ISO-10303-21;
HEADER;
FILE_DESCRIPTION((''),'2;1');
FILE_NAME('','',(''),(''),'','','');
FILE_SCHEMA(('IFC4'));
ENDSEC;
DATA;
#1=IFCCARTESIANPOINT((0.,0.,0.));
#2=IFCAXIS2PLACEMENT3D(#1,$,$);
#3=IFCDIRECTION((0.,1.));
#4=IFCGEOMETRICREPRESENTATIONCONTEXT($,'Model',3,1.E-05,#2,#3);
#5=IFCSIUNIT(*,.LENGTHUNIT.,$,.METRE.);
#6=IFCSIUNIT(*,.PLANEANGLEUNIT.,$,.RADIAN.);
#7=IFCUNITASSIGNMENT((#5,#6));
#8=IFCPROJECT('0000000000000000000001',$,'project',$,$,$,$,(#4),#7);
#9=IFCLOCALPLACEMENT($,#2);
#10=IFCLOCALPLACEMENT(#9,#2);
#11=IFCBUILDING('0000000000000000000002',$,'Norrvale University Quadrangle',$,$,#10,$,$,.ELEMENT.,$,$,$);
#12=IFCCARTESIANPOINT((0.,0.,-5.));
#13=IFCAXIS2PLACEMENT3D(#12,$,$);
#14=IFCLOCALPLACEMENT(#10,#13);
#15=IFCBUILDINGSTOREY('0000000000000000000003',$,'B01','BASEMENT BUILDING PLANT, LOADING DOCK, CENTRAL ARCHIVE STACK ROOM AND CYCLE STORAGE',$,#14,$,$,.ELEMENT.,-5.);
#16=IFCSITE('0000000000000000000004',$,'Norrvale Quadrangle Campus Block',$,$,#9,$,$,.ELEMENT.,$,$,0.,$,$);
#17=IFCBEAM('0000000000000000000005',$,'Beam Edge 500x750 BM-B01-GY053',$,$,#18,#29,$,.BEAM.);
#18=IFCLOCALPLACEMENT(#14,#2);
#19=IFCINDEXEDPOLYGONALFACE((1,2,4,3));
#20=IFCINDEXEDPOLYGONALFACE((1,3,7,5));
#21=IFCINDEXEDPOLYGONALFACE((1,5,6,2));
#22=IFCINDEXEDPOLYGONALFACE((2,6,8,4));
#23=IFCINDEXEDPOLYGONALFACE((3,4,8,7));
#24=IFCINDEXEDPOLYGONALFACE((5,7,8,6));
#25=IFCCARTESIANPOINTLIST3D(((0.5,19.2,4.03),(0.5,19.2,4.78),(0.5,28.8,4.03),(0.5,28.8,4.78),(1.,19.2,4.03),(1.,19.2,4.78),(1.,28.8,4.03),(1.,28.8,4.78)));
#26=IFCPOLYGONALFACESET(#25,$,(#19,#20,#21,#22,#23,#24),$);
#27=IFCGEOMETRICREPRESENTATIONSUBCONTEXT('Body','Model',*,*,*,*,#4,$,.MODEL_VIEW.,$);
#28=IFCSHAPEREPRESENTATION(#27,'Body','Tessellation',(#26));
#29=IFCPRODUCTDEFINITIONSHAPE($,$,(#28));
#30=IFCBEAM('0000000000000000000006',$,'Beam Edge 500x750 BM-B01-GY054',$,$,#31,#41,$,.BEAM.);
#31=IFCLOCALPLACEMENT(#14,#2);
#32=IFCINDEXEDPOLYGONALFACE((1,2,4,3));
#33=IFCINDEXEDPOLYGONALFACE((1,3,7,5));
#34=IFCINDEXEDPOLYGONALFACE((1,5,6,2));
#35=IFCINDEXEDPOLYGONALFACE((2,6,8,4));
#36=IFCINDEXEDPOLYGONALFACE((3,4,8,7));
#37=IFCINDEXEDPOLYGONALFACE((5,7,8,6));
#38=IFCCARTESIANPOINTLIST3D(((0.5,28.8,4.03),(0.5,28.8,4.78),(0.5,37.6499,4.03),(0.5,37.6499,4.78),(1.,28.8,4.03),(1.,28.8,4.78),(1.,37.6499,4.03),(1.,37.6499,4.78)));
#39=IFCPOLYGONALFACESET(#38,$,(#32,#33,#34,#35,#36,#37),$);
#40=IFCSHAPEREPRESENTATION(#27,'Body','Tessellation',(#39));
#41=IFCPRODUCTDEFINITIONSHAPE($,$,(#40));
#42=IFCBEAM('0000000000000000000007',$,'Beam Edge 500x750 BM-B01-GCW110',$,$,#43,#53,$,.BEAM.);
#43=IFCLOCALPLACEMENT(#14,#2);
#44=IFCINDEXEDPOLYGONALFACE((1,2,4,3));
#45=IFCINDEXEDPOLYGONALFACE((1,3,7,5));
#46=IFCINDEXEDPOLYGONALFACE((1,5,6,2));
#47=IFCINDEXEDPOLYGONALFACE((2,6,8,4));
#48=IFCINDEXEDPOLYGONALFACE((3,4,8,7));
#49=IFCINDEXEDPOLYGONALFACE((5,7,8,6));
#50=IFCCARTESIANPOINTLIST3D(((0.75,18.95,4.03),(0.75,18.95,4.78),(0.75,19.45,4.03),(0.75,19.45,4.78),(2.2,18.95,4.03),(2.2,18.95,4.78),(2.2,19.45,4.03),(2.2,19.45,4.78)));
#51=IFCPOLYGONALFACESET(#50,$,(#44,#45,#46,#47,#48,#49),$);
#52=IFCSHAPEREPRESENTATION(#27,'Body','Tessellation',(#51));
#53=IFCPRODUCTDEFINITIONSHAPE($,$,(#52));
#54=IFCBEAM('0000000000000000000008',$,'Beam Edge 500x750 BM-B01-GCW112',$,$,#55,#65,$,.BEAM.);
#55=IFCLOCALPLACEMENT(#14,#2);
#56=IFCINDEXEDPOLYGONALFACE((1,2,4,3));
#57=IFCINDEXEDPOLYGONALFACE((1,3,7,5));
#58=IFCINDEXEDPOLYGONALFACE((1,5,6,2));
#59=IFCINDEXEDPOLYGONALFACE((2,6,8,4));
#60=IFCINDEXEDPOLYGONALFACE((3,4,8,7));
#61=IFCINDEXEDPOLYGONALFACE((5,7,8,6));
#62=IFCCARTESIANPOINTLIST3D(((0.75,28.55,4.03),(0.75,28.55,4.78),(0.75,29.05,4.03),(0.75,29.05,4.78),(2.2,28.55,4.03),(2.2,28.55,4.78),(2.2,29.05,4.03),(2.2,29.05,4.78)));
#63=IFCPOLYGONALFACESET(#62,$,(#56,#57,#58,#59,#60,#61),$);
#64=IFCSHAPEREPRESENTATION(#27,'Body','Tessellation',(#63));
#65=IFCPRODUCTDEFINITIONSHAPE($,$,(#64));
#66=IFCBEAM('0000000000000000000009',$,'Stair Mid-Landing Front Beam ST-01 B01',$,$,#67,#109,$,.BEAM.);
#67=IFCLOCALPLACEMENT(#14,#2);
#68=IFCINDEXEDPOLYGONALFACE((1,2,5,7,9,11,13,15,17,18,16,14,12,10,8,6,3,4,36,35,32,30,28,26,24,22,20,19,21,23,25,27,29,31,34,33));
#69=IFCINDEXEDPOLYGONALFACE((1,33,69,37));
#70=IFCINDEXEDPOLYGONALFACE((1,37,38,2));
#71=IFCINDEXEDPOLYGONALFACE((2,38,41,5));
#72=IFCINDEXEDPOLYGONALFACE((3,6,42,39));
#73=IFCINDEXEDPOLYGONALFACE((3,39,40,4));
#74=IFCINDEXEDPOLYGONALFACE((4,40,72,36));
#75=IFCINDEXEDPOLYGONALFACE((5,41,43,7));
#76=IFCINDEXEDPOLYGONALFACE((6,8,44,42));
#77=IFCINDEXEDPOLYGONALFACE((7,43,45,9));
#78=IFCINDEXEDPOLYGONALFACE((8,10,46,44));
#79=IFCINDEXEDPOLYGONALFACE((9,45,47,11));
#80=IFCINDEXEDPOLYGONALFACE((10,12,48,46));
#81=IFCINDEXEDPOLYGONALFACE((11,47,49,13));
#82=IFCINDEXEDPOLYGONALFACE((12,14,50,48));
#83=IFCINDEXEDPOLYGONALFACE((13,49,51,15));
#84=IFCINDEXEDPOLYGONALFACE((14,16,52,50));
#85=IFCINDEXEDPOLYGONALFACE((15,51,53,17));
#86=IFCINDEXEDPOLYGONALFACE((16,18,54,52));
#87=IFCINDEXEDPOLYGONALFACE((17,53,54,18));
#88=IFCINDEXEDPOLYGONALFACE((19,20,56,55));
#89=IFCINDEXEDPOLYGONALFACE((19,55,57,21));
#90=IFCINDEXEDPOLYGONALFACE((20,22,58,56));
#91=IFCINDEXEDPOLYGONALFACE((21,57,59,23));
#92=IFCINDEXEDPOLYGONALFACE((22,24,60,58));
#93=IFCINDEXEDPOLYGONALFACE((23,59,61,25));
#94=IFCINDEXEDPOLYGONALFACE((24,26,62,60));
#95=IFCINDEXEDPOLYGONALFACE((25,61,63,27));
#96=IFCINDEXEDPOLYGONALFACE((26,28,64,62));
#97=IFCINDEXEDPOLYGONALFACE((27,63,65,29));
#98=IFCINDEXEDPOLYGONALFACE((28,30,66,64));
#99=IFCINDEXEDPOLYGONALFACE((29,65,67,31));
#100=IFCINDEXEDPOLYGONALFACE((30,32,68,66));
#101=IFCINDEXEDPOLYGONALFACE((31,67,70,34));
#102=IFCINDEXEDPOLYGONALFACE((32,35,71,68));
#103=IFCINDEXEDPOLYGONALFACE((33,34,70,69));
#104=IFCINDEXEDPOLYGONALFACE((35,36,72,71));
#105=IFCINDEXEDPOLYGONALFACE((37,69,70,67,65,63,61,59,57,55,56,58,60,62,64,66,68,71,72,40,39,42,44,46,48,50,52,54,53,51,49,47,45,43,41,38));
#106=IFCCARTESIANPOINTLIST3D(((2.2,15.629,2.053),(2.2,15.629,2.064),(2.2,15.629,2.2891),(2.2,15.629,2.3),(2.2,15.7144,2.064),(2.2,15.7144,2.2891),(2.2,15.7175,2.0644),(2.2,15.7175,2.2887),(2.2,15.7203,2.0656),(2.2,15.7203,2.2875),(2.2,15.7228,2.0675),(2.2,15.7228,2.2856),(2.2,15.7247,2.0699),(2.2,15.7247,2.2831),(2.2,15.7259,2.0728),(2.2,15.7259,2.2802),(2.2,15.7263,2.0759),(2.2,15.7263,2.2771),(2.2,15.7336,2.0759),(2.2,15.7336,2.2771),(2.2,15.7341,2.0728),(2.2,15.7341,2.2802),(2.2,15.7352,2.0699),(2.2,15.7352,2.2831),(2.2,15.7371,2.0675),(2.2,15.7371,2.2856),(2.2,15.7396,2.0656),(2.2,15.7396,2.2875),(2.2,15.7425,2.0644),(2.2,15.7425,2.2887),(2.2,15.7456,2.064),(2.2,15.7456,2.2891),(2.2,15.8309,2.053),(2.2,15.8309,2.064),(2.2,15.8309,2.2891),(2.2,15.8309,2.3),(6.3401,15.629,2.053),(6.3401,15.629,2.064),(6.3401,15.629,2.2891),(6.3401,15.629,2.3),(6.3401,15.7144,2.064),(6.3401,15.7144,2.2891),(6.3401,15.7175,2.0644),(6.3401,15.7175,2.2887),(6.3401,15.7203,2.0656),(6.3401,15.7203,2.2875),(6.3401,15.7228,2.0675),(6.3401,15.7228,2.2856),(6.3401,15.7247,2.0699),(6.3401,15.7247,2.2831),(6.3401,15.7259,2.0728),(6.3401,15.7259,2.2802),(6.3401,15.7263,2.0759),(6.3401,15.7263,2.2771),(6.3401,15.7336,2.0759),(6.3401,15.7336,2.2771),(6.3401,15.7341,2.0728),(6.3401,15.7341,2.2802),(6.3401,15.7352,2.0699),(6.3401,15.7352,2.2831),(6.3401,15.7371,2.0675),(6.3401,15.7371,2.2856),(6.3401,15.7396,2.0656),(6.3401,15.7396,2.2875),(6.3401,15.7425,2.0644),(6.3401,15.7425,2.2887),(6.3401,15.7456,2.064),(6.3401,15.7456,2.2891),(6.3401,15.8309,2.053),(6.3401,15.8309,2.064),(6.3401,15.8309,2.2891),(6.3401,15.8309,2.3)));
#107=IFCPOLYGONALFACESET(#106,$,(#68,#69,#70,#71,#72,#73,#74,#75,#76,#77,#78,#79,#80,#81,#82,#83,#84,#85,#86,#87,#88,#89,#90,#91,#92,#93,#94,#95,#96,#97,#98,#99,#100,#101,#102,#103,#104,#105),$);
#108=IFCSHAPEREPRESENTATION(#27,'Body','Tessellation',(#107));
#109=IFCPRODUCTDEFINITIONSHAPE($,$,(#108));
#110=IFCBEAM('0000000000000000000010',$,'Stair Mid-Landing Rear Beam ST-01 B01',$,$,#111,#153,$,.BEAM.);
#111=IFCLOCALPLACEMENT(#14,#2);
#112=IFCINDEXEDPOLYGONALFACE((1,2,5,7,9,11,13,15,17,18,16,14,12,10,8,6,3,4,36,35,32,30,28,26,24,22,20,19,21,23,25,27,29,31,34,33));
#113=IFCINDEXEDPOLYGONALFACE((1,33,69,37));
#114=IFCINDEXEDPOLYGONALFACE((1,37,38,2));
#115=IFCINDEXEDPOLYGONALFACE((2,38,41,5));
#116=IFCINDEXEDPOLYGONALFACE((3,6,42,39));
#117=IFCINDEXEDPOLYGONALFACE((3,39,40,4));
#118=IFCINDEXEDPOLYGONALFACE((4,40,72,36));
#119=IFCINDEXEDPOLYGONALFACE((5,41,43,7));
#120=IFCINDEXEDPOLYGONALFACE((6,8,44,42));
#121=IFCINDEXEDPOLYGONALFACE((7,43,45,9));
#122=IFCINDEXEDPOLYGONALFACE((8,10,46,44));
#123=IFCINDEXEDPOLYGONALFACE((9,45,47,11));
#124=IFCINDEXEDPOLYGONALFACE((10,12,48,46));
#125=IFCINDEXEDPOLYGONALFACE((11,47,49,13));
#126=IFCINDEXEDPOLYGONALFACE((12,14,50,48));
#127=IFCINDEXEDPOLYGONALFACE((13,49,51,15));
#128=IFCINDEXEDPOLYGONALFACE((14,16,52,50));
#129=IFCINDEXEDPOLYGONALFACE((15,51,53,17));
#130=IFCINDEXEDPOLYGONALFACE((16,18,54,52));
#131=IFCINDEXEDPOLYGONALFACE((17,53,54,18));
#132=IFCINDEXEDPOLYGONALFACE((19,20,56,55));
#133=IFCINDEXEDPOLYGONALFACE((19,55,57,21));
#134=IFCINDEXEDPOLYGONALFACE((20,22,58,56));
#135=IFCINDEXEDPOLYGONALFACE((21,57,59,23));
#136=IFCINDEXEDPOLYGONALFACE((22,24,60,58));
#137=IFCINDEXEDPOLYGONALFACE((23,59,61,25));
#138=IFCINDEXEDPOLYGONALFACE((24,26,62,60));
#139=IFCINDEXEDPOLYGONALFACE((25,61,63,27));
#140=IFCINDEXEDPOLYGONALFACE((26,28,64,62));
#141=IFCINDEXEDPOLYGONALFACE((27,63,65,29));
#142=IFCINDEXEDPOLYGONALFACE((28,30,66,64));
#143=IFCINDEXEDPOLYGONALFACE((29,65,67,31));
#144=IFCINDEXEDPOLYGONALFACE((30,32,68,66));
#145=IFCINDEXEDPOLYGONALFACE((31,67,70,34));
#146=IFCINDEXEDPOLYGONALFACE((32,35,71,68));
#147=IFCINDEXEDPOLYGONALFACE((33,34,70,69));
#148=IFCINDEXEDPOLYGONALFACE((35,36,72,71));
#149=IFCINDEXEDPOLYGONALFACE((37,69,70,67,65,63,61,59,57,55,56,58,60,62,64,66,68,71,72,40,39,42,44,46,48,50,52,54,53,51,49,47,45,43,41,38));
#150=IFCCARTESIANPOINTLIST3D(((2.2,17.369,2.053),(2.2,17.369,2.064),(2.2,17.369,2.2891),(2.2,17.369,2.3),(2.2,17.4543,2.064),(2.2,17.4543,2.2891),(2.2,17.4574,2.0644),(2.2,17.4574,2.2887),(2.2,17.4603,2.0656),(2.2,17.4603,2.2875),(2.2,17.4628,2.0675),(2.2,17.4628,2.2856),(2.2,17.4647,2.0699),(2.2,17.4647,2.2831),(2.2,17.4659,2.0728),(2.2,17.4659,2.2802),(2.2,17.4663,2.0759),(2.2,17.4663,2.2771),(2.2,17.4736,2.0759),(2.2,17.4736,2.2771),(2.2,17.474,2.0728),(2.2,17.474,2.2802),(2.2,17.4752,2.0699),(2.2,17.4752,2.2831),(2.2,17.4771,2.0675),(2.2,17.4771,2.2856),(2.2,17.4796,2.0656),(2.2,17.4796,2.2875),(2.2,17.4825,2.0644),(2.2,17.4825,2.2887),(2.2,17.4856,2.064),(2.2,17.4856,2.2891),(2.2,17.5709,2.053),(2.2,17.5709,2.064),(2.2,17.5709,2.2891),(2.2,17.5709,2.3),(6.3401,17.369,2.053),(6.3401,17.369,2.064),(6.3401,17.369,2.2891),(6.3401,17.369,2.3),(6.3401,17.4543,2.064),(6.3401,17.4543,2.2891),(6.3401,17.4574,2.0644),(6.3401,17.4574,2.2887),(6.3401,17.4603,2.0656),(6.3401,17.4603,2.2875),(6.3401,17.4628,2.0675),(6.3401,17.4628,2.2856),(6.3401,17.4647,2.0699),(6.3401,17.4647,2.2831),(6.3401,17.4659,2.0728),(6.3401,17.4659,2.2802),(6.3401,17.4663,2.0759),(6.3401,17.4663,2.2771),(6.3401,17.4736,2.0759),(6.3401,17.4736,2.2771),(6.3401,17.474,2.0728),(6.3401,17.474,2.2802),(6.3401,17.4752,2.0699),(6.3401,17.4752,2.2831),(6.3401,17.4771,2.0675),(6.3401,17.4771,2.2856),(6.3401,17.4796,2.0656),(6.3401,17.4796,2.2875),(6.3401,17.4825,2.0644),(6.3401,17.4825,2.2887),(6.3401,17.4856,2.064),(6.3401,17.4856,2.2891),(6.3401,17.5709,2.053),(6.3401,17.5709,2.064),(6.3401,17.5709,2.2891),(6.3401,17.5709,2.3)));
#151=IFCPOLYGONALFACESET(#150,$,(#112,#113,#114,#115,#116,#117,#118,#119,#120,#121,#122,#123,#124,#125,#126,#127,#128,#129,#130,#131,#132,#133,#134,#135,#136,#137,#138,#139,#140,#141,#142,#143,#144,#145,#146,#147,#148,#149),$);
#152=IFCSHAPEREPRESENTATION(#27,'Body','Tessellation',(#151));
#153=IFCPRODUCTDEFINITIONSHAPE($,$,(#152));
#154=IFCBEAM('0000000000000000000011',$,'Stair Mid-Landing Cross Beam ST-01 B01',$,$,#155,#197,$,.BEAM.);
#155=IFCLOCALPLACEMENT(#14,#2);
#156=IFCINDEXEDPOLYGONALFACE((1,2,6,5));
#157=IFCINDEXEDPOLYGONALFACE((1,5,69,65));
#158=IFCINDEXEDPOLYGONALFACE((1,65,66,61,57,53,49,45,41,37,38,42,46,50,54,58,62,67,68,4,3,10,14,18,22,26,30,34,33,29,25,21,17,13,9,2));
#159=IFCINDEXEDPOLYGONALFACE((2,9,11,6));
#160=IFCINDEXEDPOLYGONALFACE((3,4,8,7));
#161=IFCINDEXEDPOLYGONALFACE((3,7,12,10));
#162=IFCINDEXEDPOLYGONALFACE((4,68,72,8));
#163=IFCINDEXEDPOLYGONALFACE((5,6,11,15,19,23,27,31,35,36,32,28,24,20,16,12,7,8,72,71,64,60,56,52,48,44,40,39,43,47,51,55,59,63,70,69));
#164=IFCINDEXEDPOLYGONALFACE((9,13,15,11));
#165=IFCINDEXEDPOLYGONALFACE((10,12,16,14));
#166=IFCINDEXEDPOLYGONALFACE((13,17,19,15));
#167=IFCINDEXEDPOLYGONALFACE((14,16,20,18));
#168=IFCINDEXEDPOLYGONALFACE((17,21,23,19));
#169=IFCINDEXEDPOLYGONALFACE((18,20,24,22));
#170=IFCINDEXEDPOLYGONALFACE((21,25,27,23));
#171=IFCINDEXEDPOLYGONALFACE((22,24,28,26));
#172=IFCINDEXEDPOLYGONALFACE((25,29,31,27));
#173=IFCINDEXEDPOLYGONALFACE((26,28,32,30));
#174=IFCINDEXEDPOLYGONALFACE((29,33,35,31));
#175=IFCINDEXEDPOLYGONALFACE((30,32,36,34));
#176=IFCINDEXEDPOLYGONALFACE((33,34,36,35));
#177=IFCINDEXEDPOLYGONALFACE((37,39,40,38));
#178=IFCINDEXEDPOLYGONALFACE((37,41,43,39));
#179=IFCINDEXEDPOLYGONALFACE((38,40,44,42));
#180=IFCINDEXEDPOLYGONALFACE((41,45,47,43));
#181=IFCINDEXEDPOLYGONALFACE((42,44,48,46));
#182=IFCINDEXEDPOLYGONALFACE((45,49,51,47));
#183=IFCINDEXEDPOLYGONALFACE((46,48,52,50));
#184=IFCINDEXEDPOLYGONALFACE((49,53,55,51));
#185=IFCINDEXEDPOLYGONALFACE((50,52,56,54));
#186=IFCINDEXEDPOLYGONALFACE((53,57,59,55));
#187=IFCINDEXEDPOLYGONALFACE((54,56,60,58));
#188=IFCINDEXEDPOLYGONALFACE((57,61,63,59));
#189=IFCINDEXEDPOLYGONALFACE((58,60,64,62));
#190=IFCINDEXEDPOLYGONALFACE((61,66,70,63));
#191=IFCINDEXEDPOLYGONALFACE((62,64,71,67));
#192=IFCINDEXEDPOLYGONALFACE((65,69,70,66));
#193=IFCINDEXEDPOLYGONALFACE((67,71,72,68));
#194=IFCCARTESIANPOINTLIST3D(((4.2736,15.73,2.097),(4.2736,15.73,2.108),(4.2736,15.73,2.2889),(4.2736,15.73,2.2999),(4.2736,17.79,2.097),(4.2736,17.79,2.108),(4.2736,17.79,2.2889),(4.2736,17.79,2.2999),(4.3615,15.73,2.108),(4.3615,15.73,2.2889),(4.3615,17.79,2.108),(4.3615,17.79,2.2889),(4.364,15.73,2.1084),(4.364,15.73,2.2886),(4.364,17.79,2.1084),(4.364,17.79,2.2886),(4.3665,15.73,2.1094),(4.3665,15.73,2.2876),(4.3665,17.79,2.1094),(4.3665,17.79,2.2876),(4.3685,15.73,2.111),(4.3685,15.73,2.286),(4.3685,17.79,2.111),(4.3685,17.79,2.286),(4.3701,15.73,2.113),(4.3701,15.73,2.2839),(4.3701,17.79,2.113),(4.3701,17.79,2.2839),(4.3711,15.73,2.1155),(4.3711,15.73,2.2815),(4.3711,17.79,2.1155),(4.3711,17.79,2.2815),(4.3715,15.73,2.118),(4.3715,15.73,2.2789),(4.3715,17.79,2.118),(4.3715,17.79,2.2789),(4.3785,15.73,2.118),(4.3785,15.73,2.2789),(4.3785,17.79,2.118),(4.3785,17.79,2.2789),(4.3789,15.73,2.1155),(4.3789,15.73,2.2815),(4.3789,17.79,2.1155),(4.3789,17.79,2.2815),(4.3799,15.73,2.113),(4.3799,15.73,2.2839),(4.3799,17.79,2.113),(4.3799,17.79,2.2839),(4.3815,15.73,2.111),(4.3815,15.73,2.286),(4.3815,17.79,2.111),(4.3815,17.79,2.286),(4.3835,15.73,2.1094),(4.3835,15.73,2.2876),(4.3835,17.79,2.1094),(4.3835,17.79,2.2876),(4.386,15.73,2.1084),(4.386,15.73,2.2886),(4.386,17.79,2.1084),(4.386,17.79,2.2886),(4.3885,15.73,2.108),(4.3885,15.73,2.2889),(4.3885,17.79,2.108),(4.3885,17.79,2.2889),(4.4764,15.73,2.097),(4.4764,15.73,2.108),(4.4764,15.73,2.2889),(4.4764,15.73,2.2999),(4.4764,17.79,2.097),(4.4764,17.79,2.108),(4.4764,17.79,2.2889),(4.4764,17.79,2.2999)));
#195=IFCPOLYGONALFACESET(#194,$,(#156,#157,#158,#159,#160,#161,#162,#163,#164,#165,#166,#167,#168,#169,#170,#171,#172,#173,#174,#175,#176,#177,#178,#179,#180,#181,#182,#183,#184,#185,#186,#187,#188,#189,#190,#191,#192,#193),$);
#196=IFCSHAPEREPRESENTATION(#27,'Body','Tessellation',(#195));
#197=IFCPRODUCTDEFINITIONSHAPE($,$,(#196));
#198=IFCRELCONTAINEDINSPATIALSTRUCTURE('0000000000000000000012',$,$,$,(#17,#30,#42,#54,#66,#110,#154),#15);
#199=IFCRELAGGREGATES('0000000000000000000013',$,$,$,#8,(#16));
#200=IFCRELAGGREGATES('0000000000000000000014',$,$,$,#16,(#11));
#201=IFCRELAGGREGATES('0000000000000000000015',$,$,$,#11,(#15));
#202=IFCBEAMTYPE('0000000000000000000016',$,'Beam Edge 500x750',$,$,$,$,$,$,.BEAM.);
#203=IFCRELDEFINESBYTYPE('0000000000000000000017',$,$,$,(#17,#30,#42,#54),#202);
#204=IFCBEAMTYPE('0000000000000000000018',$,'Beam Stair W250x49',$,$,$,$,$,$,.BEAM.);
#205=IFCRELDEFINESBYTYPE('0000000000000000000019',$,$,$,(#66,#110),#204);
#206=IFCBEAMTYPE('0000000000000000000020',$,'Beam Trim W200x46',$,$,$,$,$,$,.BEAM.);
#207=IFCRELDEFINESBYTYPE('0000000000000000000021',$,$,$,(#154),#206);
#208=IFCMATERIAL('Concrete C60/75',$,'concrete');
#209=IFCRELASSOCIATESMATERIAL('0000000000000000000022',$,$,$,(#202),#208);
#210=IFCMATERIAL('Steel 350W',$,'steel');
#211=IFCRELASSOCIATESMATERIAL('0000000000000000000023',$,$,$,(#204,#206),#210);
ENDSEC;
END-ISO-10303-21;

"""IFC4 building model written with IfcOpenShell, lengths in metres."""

from ifc_helpers import new_model, si_unit, direction, frame, origin, origin_2d, place, context, subcontext, project, spatial, rectangle, i_section, extrude, material, material_profile, profile_set, type_object, element, save


model = new_model("IFC4")

# Units and contexts
model_context = context("Model", 3, precision=1e-05, world=origin(), true_north=direction((0.0, 1.0)))
body_context = subcontext(model_context, "Body", "Model", "MODEL_VIEW")
ifc_project = project(units=[si_unit("LENGTHUNIT", "METRE"), si_unit("PLANEANGLEUNIT", "RADIAN")], contexts=[model_context])

# Site, building, storey
site_placement = place(None, origin())
site = spatial("IfcSite", under=ifc_project, at=site_placement, Name="Norrvale Quadrangle Campus Block", CompositionType="ELEMENT", RefElevation=0.0)
building_placement = place(site_placement, origin())
building = spatial("IfcBuilding", under=site, at=building_placement, Name="Norrvale University Quadrangle", CompositionType="ELEMENT")
storey_placement = place(building_placement, frame((0.0, 0.0, -5.0)))
storey = spatial("IfcBuildingStorey", under=building, at=storey_placement, Name="B01", Description="BASEMENT BUILDING PLANT, LOADING DOCK, CENTRAL ARCHIVE STACK ROOM AND CYCLE STORAGE", CompositionType="ELEMENT", Elevation=-5.0)

# Beams
ifc_material_1 = material(Name="Concrete C60/75", Category="concrete")
ifc_material_profile_1 = material_profile(ifc_material_1, rectangle(XDim=0.5, YDim=0.75, at=origin_2d()), Name="Concrete C60/75")
ifc_profile_set_1 = profile_set([ifc_material_profile_1], Name="Concrete C60/75")
beam_type_1 = type_object("IfcBeamType", Name="Beam Edge 500x750", PredefinedType="BEAM", material=ifc_profile_set_1)
beam_1_placement = place(storey_placement, frame((0.75, 19.2, 4.405), z_axis=(0.0, 1.0, 0.0), x_axis=(-1.0, 0.0, 0.0)))
element("IfcBeam", 1, at=beam_1_placement, inside=storey, type_object=beam_type_1, Name="Beam Edge 500x750 BM-B01-GY053", PredefinedType="BEAM", context=body_context, shape_type="SweptSolid", body=[
    extrude(rectangle(XDim=0.5, YDim=0.75, at=origin_2d()), origin(), (0.0, 0.0, 1.0), 9.6001),
])
beam_2_placement = place(storey_placement, frame((0.75, 28.8, 4.405), z_axis=(0.0, 1.0, 0.0), x_axis=(-1.0, 0.0, 0.0)))
element("IfcBeam", 2, at=beam_2_placement, inside=storey, type_object=beam_type_1, Name="Beam Edge 500x750 BM-B01-GY054", PredefinedType="BEAM", context=body_context, shape_type="SweptSolid", body=[
    extrude(rectangle(XDim=0.5, YDim=0.75, at=origin_2d()), origin(), (0.0, 0.0, 1.0), 8.8499),
])
for number, where, z_axis, x_axis, name in (
    (3, (0.75, 19.2, 4.405), (1.0, 0.0, 0.0), (0.0, 1.0, 0.0), "Beam Edge 500x750 BM-B01-GCW110"),
    (4, (0.75, 28.8, 4.405), (1.0, 0.0, 0.0), (0.0, 1.0, 0.0), "Beam Edge 500x750 BM-B01-GCW112"),
):
    element("IfcBeam", number, at=place(storey_placement, frame(where, z_axis=z_axis, x_axis=x_axis)), inside=storey, type_object=beam_type_1, Name=name, PredefinedType="BEAM", context=body_context, shape_type="SweptSolid", body=[
        extrude(rectangle(XDim=0.5, YDim=0.75, at=origin_2d()), origin(), (0.0, 0.0, 1.0), 1.45),
    ])
ifc_material_2 = material(Name="Steel 350W", Category="steel")
ifc_material_profile_2 = material_profile(ifc_material_2, i_section(OverallWidth=0.2019, OverallDepth=0.2471, WebThickness=0.0073, FlangeThickness=0.011, FilletRadius=0.012, at=origin_2d()), Name="Steel 350W")
ifc_profile_set_2 = profile_set([ifc_material_profile_2], Name="Steel 350W")
beam_type_2 = type_object("IfcBeamType", Name="Beam Stair W250x49", PredefinedType="BEAM", material=ifc_profile_set_2)
for number, where, z_axis, x_axis, name in (
    (5, (2.2, 15.73, 2.1765), (1.0, 0.0, 0.0), (0.0, 1.0, 0.0), "Stair Mid-Landing Front Beam ST-01 B01"),
    (6, (2.2, 17.47, 2.1765), (1.0, 0.0, 0.0), (0.0, 1.0, 0.0), "Stair Mid-Landing Rear Beam ST-01 B01"),
):
    element("IfcBeam", number, at=place(storey_placement, frame(where, z_axis=z_axis, x_axis=x_axis)), inside=storey, type_object=beam_type_2, Name=name, PredefinedType="BEAM", context=body_context, shape_type="SweptSolid", body=[
        extrude(i_section(OverallWidth=0.2019, OverallDepth=0.2471, WebThickness=0.0073, FlangeThickness=0.011, FilletRadius=0.012, at=origin_2d()), origin(), (0.0, 0.0, 1.0), 4.1401),
    ])
ifc_material_profile_3 = material_profile(ifc_material_2, i_section(OverallWidth=0.2029, OverallDepth=0.2029, WebThickness=0.0071, FlangeThickness=0.011, FilletRadius=0.01, at=origin_2d()), Name="Steel 350W")
ifc_profile_set_3 = profile_set([ifc_material_profile_3], Name="Steel 350W")
beam_type_3 = type_object("IfcBeamType", Name="Beam Trim W200x46", PredefinedType="BEAM", material=ifc_profile_set_3)
beam_3_placement = place(storey_placement, frame((4.375, 15.73, 2.1985), z_axis=(0.0, 1.0, 0.0), x_axis=(-1.0, 0.0, 0.0)))
element("IfcBeam", 7, at=beam_3_placement, inside=storey, type_object=beam_type_3, Name="Stair Mid-Landing Cross Beam ST-01 B01", PredefinedType="BEAM", context=body_context, shape_type="SweptSolid", body=[
    extrude(i_section(OverallWidth=0.2029, OverallDepth=0.2029, WebThickness=0.0071, FlangeThickness=0.011, FilletRadius=0.01, at=origin_2d()), origin(), (0.0, 0.0, 1.0), 2.0601),
])

save(model, "model.ifc")
